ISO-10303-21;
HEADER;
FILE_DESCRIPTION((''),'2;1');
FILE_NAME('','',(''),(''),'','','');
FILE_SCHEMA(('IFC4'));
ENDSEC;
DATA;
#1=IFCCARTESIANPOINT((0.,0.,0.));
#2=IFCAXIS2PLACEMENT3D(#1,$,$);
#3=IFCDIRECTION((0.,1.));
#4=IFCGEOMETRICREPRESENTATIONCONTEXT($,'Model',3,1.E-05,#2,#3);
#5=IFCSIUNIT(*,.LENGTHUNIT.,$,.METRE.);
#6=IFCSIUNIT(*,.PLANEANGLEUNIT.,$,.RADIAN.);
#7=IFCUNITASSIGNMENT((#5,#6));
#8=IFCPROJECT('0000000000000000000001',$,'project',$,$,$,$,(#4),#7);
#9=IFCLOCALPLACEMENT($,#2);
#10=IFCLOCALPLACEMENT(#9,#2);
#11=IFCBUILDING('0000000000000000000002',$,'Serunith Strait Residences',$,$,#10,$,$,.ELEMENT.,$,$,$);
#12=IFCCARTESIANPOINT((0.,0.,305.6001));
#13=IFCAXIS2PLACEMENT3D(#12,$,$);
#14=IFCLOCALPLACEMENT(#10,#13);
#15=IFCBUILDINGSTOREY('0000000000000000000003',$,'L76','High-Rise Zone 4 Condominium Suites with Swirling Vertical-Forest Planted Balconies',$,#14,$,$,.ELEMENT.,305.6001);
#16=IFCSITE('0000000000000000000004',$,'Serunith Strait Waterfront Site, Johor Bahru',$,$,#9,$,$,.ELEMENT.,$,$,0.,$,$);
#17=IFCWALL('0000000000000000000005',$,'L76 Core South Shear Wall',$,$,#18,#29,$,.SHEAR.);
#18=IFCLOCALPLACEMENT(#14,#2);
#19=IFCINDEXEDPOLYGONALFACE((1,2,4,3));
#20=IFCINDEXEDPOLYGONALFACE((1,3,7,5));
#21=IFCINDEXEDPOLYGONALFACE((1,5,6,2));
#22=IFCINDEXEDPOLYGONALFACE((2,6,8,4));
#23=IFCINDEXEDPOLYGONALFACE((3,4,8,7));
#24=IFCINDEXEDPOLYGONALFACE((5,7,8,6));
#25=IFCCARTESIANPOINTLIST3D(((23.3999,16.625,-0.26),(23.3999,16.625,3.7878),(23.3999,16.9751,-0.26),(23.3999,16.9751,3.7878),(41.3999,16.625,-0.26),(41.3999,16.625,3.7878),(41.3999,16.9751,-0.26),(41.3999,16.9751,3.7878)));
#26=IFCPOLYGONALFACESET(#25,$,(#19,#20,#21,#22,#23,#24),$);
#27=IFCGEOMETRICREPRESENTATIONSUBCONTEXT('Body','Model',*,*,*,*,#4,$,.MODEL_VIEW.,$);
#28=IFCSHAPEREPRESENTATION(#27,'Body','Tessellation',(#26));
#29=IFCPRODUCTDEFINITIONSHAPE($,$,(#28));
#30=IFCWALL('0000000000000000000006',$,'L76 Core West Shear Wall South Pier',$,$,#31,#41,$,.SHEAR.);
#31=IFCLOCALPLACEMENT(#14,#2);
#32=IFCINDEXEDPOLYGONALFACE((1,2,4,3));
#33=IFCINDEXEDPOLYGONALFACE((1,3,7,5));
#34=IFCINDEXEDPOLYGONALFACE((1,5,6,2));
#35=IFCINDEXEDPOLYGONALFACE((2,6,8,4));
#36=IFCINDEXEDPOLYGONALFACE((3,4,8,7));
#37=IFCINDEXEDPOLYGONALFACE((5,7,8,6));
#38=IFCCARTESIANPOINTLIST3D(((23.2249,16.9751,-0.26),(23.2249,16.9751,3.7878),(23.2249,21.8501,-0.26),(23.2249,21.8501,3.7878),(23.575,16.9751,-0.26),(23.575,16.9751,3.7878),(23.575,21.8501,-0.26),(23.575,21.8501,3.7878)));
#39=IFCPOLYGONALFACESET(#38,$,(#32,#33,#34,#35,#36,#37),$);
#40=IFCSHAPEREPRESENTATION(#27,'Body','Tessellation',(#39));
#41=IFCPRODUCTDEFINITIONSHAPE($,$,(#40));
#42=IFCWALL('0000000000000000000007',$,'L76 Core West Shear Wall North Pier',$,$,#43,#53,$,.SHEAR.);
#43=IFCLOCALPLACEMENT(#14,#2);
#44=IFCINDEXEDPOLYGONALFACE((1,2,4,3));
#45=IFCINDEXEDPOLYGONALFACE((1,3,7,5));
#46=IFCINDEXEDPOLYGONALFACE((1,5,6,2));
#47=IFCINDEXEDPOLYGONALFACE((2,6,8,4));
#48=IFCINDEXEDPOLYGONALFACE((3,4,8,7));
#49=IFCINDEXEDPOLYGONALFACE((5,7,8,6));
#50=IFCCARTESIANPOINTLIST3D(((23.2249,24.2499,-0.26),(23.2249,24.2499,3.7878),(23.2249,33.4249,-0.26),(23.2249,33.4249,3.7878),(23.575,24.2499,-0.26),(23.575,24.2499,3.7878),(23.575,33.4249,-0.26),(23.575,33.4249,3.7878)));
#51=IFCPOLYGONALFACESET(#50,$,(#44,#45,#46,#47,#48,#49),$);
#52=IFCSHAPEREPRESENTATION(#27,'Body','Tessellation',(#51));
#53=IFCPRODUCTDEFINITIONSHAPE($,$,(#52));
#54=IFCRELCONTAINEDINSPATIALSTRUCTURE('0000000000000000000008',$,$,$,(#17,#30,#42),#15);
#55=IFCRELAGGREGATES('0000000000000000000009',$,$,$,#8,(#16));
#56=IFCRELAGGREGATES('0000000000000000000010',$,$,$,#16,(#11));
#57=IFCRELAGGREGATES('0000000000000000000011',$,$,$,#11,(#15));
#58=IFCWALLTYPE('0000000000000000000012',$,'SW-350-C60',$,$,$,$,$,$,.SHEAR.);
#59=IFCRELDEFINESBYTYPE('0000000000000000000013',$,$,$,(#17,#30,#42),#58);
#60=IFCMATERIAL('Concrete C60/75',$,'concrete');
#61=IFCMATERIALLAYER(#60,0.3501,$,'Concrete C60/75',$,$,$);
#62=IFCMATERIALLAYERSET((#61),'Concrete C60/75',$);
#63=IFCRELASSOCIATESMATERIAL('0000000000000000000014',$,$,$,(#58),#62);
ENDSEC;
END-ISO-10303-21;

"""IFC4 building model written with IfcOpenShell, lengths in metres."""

from ifc_helpers import new_model, si_unit, direction, frame, frame_2d, origin, place, context, subcontext, project, spatial, rectangle, extrude, material, layer, layer_set, type_object, element, save


model = new_model("IFC4")

# Units and contexts
model_context = context("Model", 3, precision=1e-05, world=origin(), true_north=direction((0.0, 1.0)))
body_context = subcontext(model_context, "Body", "Model", "MODEL_VIEW")
ifc_project = project(units=[si_unit("LENGTHUNIT", "METRE"), si_unit("PLANEANGLEUNIT", "RADIAN")], contexts=[model_context])

# Site, building, storey
site_placement = place(None, origin())
site = spatial("IfcSite", under=ifc_project, at=site_placement, Name="Serunith Strait Waterfront Site, Johor Bahru", CompositionType="ELEMENT", RefElevation=0.0)
building_placement = place(site_placement, origin())
building = spatial("IfcBuilding", under=site, at=building_placement, Name="Serunith Strait Residences", CompositionType="ELEMENT")
storey_placement = place(building_placement, frame((0.0, 0.0, 305.6001)))
storey = spatial("IfcBuildingStorey", under=building, at=storey_placement, Name="L76", Description="High-Rise Zone 4 Condominium Suites with Swirling Vertical-Forest Planted Balconies", CompositionType="ELEMENT", Elevation=305.6001)

# Walls
ifc_material_1 = material(Name="Concrete C60/75", Category="concrete")
ifc_layer_1 = layer(ifc_material_1, 0.3501, Name="Concrete C60/75")
ifc_layer_set_1 = layer_set([ifc_layer_1], Name="Concrete C60/75")
wall_type_1 = type_object("IfcWallType", Name="SW-350-C60", PredefinedType="SHEAR", material=ifc_layer_set_1)
wall_1_placement = place(storey_placement, frame((23.3999, 16.8, -0.26), z_axis=(0.0, 0.0, 1.0), x_axis=(1.0, 0.0, 0.0)))
element("IfcWall", 1, at=wall_1_placement, inside=storey, type_object=wall_type_1, Name="L76 Core South Shear Wall", PredefinedType="SHEAR", context=body_context, shape_type="SweptSolid", body=[
    extrude(rectangle(XDim=18.0, YDim=0.3501, at=frame_2d((9.0, 0.0))), origin(), (0.0, 0.0, 1.0), 4.0479),
])
wall_2_placement = place(storey_placement, frame((23.3999, 16.9751, -0.26), z_axis=(0.0, 0.0, 1.0), x_axis=(0.0, 1.0, 0.0)))
element("IfcWall", 2, at=wall_2_placement, inside=storey, type_object=wall_type_1, Name="L76 Core West Shear Wall South Pier", PredefinedType="SHEAR", context=body_context, shape_type="SweptSolid", body=[
    extrude(rectangle(XDim=4.875, YDim=0.3501, at=frame_2d((2.4375, 0.0))), origin(), (0.0, 0.0, 1.0), 4.0479),
])
wall_3_placement = place(storey_placement, frame((23.3999, 24.25, -0.26), z_axis=(0.0, 0.0, 1.0), x_axis=(0.0, 1.0, 0.0)))
element("IfcWall", 3, at=wall_3_placement, inside=storey, type_object=wall_type_1, Name="L76 Core West Shear Wall North Pier", PredefinedType="SHEAR", context=body_context, shape_type="SweptSolid", body=[
    extrude(rectangle(XDim=9.175, YDim=0.3501, at=frame_2d((4.5874, 0.0))), origin(), (0.0, 0.0, 1.0), 4.0479),
])

save(model, "model.ifc")
